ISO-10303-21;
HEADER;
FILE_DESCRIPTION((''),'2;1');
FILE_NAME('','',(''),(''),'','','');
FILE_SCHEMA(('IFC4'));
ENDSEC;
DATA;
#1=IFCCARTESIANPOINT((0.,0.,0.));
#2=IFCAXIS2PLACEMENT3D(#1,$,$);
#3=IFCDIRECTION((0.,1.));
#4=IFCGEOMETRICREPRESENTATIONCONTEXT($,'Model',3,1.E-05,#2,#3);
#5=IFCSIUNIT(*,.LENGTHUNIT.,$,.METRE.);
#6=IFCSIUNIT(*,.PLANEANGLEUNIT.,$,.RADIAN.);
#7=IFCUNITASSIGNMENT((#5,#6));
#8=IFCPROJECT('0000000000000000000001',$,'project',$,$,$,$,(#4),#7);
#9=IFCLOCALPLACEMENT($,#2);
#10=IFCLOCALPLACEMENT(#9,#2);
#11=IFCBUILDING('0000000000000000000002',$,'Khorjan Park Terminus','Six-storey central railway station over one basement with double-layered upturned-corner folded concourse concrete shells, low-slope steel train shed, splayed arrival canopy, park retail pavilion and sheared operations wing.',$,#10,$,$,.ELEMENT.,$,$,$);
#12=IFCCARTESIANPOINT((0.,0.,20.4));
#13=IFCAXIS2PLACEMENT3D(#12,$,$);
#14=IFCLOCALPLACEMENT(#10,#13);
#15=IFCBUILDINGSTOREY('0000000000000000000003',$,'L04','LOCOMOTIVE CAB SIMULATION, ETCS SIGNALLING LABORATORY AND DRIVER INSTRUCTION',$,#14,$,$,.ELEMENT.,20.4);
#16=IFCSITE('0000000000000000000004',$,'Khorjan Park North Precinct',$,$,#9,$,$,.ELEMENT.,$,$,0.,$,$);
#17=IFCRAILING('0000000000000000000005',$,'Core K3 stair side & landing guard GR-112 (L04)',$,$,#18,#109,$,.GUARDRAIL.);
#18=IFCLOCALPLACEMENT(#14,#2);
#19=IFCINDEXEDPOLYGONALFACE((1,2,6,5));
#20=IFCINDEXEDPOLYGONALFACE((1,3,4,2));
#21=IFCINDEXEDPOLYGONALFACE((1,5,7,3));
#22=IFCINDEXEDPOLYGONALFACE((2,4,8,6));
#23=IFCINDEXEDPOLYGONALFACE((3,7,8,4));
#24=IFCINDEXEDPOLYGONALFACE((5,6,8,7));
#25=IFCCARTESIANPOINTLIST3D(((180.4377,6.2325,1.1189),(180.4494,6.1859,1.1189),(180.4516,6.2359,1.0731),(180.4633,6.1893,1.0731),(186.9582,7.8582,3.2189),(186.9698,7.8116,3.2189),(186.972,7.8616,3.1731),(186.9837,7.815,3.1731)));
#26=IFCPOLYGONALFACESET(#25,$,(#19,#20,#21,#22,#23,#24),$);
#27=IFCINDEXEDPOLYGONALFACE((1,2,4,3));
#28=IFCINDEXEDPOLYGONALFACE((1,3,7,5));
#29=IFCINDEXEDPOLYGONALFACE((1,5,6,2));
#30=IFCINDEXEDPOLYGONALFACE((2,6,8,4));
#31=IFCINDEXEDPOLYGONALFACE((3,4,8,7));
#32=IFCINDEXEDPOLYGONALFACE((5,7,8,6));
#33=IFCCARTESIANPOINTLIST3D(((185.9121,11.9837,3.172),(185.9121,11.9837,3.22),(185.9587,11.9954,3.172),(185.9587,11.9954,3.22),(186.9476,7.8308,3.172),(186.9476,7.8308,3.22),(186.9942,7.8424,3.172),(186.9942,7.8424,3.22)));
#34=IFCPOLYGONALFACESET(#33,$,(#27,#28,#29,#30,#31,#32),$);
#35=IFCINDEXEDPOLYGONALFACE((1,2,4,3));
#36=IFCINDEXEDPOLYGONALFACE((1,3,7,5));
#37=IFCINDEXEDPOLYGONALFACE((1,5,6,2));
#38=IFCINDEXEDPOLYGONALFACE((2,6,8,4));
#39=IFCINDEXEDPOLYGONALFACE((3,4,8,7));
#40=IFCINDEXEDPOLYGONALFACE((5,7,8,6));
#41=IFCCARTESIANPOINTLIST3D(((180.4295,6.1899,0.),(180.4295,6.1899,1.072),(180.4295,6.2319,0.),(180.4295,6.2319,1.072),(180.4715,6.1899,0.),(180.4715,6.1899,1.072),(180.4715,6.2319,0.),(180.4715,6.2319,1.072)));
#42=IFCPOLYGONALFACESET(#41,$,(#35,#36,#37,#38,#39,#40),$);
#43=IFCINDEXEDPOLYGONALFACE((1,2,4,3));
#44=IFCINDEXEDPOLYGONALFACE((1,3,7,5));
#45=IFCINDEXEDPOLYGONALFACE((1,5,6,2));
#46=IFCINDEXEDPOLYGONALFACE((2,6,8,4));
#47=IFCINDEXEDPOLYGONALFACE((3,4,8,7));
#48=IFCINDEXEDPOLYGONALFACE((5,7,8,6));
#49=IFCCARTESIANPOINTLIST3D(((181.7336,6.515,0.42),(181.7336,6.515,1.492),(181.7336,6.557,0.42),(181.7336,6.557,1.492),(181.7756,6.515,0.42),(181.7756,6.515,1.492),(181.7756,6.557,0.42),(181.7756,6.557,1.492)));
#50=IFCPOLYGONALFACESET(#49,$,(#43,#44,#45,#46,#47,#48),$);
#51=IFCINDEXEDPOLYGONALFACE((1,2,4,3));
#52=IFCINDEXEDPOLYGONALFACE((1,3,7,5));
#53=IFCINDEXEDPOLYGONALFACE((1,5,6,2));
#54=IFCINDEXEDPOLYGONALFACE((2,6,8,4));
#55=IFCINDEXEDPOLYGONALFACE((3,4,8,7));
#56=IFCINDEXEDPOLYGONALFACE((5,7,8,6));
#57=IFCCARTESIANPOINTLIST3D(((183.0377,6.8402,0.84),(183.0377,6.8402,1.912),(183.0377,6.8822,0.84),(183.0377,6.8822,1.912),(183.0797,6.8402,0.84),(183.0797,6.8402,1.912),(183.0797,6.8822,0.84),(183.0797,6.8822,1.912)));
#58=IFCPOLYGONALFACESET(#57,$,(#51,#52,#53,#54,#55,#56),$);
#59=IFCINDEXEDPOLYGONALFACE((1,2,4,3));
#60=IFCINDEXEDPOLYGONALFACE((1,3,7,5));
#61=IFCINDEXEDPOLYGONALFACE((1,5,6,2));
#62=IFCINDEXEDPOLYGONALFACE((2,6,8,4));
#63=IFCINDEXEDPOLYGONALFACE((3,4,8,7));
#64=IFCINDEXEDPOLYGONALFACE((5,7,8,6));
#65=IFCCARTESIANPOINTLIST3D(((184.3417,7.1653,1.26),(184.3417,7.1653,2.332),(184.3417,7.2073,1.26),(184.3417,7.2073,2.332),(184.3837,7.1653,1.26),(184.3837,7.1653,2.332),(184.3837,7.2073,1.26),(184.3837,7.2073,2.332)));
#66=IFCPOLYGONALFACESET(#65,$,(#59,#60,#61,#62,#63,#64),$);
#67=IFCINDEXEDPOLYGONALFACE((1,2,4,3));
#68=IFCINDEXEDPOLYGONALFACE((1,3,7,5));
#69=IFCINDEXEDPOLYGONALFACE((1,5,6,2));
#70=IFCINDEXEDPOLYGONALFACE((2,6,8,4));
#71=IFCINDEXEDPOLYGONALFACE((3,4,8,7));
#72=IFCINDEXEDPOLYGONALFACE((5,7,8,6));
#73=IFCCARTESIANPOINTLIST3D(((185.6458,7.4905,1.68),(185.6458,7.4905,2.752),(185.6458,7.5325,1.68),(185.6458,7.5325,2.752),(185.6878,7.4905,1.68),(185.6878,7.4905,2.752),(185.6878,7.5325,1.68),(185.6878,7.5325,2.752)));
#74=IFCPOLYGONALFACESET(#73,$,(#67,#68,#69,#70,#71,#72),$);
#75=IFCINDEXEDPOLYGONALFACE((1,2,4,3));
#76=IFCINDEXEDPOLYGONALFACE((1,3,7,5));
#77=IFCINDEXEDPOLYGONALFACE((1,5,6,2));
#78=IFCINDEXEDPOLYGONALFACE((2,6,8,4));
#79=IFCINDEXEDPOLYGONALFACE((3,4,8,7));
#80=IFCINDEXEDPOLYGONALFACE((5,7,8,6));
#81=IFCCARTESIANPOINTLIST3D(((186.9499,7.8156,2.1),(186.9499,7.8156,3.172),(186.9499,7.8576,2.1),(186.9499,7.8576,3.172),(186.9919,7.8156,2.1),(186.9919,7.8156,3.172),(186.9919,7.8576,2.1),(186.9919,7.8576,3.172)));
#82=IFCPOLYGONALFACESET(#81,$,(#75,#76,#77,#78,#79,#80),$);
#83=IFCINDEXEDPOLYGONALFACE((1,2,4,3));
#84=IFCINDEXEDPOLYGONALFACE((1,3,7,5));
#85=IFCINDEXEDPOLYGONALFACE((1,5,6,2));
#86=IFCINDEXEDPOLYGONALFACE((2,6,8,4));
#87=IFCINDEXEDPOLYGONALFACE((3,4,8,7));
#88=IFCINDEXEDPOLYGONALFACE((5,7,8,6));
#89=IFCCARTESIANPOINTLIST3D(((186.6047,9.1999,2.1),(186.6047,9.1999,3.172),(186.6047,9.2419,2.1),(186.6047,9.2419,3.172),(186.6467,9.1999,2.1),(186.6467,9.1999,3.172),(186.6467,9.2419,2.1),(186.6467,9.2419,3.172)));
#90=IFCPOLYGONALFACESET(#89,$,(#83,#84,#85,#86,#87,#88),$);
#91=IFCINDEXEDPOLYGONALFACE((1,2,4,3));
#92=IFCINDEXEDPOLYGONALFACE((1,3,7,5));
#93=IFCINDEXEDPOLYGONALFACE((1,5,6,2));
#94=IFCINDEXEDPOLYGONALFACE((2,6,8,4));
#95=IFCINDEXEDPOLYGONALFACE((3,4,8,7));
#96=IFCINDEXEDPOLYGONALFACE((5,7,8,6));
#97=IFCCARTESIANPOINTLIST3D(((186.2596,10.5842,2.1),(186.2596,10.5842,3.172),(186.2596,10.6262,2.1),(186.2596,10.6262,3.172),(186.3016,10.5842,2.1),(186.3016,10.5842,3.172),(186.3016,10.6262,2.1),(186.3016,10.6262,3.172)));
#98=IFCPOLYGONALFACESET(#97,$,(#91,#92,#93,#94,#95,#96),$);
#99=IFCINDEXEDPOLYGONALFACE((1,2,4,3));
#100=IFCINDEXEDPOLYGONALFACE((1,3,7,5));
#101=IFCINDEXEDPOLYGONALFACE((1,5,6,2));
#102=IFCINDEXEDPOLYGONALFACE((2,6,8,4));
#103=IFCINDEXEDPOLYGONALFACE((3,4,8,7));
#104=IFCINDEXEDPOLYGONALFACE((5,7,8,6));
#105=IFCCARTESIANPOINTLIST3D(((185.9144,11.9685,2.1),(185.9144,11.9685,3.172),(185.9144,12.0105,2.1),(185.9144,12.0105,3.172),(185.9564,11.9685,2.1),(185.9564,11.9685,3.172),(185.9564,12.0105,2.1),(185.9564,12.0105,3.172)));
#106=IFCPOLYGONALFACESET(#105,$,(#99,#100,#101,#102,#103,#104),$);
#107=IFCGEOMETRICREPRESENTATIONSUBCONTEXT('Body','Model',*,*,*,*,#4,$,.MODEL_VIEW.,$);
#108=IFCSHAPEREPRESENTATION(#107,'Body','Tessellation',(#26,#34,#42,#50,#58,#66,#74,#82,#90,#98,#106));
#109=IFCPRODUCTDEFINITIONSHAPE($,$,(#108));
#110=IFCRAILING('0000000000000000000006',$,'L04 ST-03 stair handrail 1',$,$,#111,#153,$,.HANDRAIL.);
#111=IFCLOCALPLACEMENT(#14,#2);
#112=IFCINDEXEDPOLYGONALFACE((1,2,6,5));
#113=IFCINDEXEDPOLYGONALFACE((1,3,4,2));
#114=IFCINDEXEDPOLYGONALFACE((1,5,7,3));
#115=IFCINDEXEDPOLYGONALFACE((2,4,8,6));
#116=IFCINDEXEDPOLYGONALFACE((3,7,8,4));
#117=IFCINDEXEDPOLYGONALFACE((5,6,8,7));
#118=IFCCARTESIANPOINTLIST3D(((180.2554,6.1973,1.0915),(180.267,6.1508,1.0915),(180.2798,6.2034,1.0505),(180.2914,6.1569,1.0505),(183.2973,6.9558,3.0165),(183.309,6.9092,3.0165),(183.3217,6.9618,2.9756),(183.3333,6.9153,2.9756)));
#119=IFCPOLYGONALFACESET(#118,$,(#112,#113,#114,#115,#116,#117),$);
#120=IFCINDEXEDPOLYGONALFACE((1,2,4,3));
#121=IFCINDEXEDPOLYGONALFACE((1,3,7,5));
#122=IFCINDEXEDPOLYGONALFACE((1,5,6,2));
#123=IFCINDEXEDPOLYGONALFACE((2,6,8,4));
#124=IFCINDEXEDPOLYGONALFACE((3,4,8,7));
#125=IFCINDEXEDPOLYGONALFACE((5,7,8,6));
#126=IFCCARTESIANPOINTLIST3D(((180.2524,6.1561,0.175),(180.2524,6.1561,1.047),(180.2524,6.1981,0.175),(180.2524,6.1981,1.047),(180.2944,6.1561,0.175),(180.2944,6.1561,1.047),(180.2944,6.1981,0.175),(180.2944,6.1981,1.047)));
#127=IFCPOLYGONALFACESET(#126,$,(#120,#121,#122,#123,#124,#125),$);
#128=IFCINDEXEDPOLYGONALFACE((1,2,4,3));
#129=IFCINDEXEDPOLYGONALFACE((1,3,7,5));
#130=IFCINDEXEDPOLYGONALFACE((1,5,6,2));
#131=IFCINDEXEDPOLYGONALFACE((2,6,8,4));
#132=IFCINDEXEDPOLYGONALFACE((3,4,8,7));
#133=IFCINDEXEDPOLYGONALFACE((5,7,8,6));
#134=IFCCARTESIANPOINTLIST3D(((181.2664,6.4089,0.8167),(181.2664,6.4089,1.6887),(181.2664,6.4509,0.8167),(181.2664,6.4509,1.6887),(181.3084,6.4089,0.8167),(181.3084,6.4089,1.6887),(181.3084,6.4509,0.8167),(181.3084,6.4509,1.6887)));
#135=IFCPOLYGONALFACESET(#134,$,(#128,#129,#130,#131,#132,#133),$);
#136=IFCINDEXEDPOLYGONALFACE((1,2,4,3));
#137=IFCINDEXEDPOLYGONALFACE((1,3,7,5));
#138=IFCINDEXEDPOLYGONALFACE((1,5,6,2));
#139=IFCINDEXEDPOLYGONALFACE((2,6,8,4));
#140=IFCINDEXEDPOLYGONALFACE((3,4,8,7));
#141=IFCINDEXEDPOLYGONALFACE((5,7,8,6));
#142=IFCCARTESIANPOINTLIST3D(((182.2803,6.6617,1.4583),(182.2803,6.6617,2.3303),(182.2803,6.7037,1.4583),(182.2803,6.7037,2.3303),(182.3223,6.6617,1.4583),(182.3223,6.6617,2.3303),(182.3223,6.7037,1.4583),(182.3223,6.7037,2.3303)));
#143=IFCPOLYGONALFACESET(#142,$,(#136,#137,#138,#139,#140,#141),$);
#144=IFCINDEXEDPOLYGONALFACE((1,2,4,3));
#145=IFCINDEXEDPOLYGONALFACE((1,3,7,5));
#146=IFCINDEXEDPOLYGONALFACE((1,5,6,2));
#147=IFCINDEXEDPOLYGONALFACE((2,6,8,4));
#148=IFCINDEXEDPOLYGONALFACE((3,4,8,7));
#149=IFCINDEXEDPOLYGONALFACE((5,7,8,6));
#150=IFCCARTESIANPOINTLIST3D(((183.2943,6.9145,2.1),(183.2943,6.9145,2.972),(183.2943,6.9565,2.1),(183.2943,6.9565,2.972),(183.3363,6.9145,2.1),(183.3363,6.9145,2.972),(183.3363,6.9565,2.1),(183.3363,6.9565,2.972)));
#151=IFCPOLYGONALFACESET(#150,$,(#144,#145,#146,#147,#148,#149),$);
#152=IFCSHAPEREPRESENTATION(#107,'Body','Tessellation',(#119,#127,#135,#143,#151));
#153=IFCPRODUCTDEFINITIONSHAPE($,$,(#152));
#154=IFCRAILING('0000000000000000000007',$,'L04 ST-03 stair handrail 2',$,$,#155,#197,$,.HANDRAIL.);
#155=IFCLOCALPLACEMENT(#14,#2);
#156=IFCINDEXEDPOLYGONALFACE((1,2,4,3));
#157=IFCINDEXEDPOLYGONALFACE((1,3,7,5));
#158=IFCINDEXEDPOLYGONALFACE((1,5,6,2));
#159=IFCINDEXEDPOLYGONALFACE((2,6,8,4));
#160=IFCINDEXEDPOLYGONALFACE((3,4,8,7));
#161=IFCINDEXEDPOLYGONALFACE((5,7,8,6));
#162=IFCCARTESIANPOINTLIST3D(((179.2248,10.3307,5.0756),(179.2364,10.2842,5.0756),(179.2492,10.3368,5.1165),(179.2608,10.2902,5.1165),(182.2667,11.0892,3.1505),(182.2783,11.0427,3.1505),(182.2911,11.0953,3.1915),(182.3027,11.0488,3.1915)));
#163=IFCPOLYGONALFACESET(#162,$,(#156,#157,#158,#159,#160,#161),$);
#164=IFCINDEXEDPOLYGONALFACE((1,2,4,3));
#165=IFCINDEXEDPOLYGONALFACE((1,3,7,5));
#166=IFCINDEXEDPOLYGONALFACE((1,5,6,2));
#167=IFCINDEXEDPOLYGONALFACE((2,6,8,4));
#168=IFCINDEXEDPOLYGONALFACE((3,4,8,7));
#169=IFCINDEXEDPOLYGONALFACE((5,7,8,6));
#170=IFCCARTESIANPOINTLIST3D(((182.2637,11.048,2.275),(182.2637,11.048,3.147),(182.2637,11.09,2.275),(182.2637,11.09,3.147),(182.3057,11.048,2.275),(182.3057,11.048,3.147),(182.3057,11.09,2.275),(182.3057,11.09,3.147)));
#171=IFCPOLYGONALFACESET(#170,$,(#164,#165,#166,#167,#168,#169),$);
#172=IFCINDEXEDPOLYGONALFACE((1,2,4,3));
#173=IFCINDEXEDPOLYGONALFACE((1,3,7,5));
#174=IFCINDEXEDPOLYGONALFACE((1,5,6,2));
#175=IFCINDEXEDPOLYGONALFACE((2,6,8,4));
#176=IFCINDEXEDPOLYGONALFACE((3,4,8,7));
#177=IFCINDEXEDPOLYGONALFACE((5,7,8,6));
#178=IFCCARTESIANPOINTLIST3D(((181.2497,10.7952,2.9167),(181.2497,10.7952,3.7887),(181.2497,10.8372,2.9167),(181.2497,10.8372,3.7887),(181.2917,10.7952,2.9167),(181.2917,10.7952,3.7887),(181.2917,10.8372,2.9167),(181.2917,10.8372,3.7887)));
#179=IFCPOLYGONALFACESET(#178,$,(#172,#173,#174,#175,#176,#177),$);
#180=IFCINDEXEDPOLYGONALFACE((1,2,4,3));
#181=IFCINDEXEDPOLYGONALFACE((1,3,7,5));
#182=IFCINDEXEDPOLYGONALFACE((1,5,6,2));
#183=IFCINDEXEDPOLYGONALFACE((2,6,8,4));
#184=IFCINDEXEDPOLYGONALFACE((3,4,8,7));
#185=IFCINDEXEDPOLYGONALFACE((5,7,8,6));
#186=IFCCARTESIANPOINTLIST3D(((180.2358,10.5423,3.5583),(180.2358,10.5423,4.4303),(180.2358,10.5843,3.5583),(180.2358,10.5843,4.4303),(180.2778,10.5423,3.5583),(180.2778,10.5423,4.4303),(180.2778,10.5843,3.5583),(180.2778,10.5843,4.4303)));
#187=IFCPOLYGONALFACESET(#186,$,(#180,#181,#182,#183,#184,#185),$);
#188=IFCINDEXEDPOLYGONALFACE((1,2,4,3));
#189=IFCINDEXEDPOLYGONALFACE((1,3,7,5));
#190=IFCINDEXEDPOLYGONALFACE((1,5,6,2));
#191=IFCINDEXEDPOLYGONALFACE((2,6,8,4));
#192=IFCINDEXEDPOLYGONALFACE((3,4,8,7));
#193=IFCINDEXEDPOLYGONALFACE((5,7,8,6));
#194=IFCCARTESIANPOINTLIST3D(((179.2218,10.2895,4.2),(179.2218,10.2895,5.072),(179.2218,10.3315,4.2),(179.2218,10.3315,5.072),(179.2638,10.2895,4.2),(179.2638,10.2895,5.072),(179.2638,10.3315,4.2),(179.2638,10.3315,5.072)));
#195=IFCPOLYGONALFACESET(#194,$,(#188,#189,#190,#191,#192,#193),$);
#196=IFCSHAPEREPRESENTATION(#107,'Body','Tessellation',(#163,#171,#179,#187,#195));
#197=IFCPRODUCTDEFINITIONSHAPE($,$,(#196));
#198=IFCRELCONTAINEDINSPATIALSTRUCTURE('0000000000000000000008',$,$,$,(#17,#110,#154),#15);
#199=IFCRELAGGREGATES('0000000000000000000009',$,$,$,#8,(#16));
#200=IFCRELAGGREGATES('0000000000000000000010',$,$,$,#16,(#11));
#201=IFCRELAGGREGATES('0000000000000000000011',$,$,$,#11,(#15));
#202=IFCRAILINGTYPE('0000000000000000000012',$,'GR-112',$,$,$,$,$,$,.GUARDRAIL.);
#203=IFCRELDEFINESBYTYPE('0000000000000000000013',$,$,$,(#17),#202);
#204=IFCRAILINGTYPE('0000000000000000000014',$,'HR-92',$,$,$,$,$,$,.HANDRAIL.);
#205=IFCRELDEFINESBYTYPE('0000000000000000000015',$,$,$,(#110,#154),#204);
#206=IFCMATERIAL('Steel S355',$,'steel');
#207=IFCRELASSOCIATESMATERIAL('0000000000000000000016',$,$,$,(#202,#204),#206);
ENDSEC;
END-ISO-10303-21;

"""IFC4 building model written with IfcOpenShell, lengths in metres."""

from ifc_helpers import new_model, si_unit, direction, frame, origin, origin_2d, place, context, subcontext, project, spatial, rectangle, extrude, material, type_object, element, save


model = new_model("IFC4")

# Units and contexts
model_context = context("Model", 3, precision=1e-05, world=origin(), true_north=direction((0.0, 1.0)))
body_context = subcontext(model_context, "Body", "Model", "MODEL_VIEW")
ifc_project = project(units=[si_unit("LENGTHUNIT", "METRE"), si_unit("PLANEANGLEUNIT", "RADIAN")], contexts=[model_context])

# Site, building, storey
site_placement = place(None, origin())
site = spatial("IfcSite", under=ifc_project, at=site_placement, Name="Khorjan Park North Precinct", CompositionType="ELEMENT", RefElevation=0.0)
building_placement = place(site_placement, origin())
building = spatial("IfcBuilding", under=site, at=building_placement, Name="Khorjan Park Terminus", Description="Six-storey central railway station over one basement with double-layered upturned-corner folded concourse concrete shells, low-slope steel train shed, splayed arrival canopy, park retail pavilion and sheared operations wing.", CompositionType="ELEMENT")
storey_placement = place(building_placement, frame((0.0, 0.0, 20.4)))
storey = spatial("IfcBuildingStorey", under=building, at=storey_placement, Name="L04", Description="LOCOMOTIVE CAB SIMULATION, ETCS SIGNALLING LABORATORY AND DRIVER INSTRUCTION", CompositionType="ELEMENT", Elevation=20.4)

# Railings
ifc_material_1 = material(Name="Steel S355", Category="steel")
railing_type_1 = type_object("IfcRailingType", Name="GR-112", PredefinedType="GUARDRAIL", material=ifc_material_1)
railing_1_placement = place(storey_placement, frame((180.4505, 6.2109, 0.0)))
element("IfcRailing", 1, at=railing_1_placement, inside=storey, type_object=railing_type_1, Name="Core K3 stair side & landing guard GR-112 (L04)", PredefinedType="GUARDRAIL", context=body_context, shape_type="SweptSolid", body=[
    extrude(rectangle(XDim=0.048, YDim=0.048, at=origin_2d()), frame((0.0, 0.0, 1.096), z_axis=(0.926129, 0.230907, 0.298275), x_axis=(-0.241919, 0.970296, 0.0)), (0.0, 0.0, 1.0), 7.0405),
    extrude(rectangle(XDim=0.048, YDim=0.048, at=origin_2d()), frame((6.5204, 1.6257, 3.196), z_axis=(-0.241936, 0.970292, 0.0), x_axis=(-0.970292, -0.241936, 0.0)), (0.0, 0.0, 1.0), 4.2801),
    extrude(rectangle(XDim=0.042, YDim=0.042, at=origin_2d()), origin(), (0.0, 0.0, 1.0), 1.072),
    extrude(rectangle(XDim=0.042, YDim=0.042, at=origin_2d()), frame((1.3041, 0.3251, 0.42)), (0.0, 0.0, 1.0), 1.072),
    extrude(rectangle(XDim=0.042, YDim=0.042, at=origin_2d()), frame((2.6082, 0.6503, 0.84)), (0.0, 0.0, 1.0), 1.072),
    extrude(rectangle(XDim=0.042, YDim=0.042, at=origin_2d()), frame((3.9122, 0.9754, 1.26)), (0.0, 0.0, 1.0), 1.072),
    extrude(rectangle(XDim=0.042, YDim=0.042, at=origin_2d()), frame((5.2163, 1.3006, 1.68)), (0.0, 0.0, 1.0), 1.072),
    extrude(rectangle(XDim=0.042, YDim=0.042, at=origin_2d()), frame((6.5204, 1.6257, 2.1)), (0.0, 0.0, 1.0), 1.072),
    extrude(rectangle(XDim=0.042, YDim=0.042, at=origin_2d()), frame((6.1752, 3.01, 2.1)), (0.0, 0.0, 1.0), 1.072),
    extrude(rectangle(XDim=0.042, YDim=0.042, at=origin_2d()), frame((5.8301, 4.3943, 2.1)), (0.0, 0.0, 1.0), 1.072),
    extrude(rectangle(XDim=0.042, YDim=0.042, at=origin_2d()), frame((5.4849, 5.7786, 2.1)), (0.0, 0.0, 1.0), 1.072),
])
railing_type_2 = type_object("IfcRailingType", Name="HR-92", PredefinedType="HANDRAIL", material=ifc_material_1)
railing_2_placement = place(storey_placement, frame((180.2734, 6.1771, 0.175)))
element("IfcRailing", 2, at=railing_2_placement, inside=storey, type_object=railing_type_2, Name="L04 ST-03 stair handrail 1", PredefinedType="HANDRAIL", context=body_context, shape_type="SweptSolid", body=[
    extrude(rectangle(XDim=0.048, YDim=0.048, at=origin_2d()), frame((0.0, 0.0, 0.896), z_axis=(0.826861, 0.206151, 0.523261), x_axis=(-0.241913, 0.970298, 0.0)), (0.0, 0.0, 1.0), 3.6789),
    extrude(rectangle(XDim=0.042, YDim=0.042, at=origin_2d()), origin(), (0.0, 0.0, 1.0), 0.872),
    extrude(rectangle(XDim=0.042, YDim=0.042, at=origin_2d()), frame((1.014, 0.2528, 0.6417)), (0.0, 0.0, 1.0), 0.872),
    extrude(rectangle(XDim=0.042, YDim=0.042, at=origin_2d()), frame((2.0279, 0.5056, 1.2833)), (0.0, 0.0, 1.0), 0.872),
    extrude(rectangle(XDim=0.042, YDim=0.042, at=origin_2d()), frame((3.0419, 0.7584, 1.925)), (0.0, 0.0, 1.0), 0.872),
])
railing_3_placement = place(storey_placement, frame((182.2847, 11.069, 2.275)))
element("IfcRailing", 3, at=railing_3_placement, inside=storey, type_object=railing_type_2, Name="L04 ST-03 stair handrail 2", PredefinedType="HANDRAIL", context=body_context, shape_type="SweptSolid", body=[
    extrude(rectangle(XDim=0.048, YDim=0.048, at=origin_2d()), frame((0.0, 0.0, 0.896), z_axis=(-0.826857, -0.206177, 0.523258), x_axis=(0.241943, -0.970291, 0.0)), (0.0, 0.0, 1.0), 3.6789),
    extrude(rectangle(XDim=0.042, YDim=0.042, at=origin_2d()), origin(), (0.0, 0.0, 1.0), 0.872),
    extrude(rectangle(XDim=0.042, YDim=0.042, at=origin_2d()), frame((-1.014, -0.2528, 0.6417)), (0.0, 0.0, 1.0), 0.872),
    extrude(rectangle(XDim=0.042, YDim=0.042, at=origin_2d()), frame((-2.0279, -0.5057, 1.2833)), (0.0, 0.0, 1.0), 0.872),
    extrude(rectangle(XDim=0.042, YDim=0.042, at=origin_2d()), frame((-3.0419, -0.7585, 1.925)), (0.0, 0.0, 1.0), 0.872),
])

save(model, "model.ifc")
